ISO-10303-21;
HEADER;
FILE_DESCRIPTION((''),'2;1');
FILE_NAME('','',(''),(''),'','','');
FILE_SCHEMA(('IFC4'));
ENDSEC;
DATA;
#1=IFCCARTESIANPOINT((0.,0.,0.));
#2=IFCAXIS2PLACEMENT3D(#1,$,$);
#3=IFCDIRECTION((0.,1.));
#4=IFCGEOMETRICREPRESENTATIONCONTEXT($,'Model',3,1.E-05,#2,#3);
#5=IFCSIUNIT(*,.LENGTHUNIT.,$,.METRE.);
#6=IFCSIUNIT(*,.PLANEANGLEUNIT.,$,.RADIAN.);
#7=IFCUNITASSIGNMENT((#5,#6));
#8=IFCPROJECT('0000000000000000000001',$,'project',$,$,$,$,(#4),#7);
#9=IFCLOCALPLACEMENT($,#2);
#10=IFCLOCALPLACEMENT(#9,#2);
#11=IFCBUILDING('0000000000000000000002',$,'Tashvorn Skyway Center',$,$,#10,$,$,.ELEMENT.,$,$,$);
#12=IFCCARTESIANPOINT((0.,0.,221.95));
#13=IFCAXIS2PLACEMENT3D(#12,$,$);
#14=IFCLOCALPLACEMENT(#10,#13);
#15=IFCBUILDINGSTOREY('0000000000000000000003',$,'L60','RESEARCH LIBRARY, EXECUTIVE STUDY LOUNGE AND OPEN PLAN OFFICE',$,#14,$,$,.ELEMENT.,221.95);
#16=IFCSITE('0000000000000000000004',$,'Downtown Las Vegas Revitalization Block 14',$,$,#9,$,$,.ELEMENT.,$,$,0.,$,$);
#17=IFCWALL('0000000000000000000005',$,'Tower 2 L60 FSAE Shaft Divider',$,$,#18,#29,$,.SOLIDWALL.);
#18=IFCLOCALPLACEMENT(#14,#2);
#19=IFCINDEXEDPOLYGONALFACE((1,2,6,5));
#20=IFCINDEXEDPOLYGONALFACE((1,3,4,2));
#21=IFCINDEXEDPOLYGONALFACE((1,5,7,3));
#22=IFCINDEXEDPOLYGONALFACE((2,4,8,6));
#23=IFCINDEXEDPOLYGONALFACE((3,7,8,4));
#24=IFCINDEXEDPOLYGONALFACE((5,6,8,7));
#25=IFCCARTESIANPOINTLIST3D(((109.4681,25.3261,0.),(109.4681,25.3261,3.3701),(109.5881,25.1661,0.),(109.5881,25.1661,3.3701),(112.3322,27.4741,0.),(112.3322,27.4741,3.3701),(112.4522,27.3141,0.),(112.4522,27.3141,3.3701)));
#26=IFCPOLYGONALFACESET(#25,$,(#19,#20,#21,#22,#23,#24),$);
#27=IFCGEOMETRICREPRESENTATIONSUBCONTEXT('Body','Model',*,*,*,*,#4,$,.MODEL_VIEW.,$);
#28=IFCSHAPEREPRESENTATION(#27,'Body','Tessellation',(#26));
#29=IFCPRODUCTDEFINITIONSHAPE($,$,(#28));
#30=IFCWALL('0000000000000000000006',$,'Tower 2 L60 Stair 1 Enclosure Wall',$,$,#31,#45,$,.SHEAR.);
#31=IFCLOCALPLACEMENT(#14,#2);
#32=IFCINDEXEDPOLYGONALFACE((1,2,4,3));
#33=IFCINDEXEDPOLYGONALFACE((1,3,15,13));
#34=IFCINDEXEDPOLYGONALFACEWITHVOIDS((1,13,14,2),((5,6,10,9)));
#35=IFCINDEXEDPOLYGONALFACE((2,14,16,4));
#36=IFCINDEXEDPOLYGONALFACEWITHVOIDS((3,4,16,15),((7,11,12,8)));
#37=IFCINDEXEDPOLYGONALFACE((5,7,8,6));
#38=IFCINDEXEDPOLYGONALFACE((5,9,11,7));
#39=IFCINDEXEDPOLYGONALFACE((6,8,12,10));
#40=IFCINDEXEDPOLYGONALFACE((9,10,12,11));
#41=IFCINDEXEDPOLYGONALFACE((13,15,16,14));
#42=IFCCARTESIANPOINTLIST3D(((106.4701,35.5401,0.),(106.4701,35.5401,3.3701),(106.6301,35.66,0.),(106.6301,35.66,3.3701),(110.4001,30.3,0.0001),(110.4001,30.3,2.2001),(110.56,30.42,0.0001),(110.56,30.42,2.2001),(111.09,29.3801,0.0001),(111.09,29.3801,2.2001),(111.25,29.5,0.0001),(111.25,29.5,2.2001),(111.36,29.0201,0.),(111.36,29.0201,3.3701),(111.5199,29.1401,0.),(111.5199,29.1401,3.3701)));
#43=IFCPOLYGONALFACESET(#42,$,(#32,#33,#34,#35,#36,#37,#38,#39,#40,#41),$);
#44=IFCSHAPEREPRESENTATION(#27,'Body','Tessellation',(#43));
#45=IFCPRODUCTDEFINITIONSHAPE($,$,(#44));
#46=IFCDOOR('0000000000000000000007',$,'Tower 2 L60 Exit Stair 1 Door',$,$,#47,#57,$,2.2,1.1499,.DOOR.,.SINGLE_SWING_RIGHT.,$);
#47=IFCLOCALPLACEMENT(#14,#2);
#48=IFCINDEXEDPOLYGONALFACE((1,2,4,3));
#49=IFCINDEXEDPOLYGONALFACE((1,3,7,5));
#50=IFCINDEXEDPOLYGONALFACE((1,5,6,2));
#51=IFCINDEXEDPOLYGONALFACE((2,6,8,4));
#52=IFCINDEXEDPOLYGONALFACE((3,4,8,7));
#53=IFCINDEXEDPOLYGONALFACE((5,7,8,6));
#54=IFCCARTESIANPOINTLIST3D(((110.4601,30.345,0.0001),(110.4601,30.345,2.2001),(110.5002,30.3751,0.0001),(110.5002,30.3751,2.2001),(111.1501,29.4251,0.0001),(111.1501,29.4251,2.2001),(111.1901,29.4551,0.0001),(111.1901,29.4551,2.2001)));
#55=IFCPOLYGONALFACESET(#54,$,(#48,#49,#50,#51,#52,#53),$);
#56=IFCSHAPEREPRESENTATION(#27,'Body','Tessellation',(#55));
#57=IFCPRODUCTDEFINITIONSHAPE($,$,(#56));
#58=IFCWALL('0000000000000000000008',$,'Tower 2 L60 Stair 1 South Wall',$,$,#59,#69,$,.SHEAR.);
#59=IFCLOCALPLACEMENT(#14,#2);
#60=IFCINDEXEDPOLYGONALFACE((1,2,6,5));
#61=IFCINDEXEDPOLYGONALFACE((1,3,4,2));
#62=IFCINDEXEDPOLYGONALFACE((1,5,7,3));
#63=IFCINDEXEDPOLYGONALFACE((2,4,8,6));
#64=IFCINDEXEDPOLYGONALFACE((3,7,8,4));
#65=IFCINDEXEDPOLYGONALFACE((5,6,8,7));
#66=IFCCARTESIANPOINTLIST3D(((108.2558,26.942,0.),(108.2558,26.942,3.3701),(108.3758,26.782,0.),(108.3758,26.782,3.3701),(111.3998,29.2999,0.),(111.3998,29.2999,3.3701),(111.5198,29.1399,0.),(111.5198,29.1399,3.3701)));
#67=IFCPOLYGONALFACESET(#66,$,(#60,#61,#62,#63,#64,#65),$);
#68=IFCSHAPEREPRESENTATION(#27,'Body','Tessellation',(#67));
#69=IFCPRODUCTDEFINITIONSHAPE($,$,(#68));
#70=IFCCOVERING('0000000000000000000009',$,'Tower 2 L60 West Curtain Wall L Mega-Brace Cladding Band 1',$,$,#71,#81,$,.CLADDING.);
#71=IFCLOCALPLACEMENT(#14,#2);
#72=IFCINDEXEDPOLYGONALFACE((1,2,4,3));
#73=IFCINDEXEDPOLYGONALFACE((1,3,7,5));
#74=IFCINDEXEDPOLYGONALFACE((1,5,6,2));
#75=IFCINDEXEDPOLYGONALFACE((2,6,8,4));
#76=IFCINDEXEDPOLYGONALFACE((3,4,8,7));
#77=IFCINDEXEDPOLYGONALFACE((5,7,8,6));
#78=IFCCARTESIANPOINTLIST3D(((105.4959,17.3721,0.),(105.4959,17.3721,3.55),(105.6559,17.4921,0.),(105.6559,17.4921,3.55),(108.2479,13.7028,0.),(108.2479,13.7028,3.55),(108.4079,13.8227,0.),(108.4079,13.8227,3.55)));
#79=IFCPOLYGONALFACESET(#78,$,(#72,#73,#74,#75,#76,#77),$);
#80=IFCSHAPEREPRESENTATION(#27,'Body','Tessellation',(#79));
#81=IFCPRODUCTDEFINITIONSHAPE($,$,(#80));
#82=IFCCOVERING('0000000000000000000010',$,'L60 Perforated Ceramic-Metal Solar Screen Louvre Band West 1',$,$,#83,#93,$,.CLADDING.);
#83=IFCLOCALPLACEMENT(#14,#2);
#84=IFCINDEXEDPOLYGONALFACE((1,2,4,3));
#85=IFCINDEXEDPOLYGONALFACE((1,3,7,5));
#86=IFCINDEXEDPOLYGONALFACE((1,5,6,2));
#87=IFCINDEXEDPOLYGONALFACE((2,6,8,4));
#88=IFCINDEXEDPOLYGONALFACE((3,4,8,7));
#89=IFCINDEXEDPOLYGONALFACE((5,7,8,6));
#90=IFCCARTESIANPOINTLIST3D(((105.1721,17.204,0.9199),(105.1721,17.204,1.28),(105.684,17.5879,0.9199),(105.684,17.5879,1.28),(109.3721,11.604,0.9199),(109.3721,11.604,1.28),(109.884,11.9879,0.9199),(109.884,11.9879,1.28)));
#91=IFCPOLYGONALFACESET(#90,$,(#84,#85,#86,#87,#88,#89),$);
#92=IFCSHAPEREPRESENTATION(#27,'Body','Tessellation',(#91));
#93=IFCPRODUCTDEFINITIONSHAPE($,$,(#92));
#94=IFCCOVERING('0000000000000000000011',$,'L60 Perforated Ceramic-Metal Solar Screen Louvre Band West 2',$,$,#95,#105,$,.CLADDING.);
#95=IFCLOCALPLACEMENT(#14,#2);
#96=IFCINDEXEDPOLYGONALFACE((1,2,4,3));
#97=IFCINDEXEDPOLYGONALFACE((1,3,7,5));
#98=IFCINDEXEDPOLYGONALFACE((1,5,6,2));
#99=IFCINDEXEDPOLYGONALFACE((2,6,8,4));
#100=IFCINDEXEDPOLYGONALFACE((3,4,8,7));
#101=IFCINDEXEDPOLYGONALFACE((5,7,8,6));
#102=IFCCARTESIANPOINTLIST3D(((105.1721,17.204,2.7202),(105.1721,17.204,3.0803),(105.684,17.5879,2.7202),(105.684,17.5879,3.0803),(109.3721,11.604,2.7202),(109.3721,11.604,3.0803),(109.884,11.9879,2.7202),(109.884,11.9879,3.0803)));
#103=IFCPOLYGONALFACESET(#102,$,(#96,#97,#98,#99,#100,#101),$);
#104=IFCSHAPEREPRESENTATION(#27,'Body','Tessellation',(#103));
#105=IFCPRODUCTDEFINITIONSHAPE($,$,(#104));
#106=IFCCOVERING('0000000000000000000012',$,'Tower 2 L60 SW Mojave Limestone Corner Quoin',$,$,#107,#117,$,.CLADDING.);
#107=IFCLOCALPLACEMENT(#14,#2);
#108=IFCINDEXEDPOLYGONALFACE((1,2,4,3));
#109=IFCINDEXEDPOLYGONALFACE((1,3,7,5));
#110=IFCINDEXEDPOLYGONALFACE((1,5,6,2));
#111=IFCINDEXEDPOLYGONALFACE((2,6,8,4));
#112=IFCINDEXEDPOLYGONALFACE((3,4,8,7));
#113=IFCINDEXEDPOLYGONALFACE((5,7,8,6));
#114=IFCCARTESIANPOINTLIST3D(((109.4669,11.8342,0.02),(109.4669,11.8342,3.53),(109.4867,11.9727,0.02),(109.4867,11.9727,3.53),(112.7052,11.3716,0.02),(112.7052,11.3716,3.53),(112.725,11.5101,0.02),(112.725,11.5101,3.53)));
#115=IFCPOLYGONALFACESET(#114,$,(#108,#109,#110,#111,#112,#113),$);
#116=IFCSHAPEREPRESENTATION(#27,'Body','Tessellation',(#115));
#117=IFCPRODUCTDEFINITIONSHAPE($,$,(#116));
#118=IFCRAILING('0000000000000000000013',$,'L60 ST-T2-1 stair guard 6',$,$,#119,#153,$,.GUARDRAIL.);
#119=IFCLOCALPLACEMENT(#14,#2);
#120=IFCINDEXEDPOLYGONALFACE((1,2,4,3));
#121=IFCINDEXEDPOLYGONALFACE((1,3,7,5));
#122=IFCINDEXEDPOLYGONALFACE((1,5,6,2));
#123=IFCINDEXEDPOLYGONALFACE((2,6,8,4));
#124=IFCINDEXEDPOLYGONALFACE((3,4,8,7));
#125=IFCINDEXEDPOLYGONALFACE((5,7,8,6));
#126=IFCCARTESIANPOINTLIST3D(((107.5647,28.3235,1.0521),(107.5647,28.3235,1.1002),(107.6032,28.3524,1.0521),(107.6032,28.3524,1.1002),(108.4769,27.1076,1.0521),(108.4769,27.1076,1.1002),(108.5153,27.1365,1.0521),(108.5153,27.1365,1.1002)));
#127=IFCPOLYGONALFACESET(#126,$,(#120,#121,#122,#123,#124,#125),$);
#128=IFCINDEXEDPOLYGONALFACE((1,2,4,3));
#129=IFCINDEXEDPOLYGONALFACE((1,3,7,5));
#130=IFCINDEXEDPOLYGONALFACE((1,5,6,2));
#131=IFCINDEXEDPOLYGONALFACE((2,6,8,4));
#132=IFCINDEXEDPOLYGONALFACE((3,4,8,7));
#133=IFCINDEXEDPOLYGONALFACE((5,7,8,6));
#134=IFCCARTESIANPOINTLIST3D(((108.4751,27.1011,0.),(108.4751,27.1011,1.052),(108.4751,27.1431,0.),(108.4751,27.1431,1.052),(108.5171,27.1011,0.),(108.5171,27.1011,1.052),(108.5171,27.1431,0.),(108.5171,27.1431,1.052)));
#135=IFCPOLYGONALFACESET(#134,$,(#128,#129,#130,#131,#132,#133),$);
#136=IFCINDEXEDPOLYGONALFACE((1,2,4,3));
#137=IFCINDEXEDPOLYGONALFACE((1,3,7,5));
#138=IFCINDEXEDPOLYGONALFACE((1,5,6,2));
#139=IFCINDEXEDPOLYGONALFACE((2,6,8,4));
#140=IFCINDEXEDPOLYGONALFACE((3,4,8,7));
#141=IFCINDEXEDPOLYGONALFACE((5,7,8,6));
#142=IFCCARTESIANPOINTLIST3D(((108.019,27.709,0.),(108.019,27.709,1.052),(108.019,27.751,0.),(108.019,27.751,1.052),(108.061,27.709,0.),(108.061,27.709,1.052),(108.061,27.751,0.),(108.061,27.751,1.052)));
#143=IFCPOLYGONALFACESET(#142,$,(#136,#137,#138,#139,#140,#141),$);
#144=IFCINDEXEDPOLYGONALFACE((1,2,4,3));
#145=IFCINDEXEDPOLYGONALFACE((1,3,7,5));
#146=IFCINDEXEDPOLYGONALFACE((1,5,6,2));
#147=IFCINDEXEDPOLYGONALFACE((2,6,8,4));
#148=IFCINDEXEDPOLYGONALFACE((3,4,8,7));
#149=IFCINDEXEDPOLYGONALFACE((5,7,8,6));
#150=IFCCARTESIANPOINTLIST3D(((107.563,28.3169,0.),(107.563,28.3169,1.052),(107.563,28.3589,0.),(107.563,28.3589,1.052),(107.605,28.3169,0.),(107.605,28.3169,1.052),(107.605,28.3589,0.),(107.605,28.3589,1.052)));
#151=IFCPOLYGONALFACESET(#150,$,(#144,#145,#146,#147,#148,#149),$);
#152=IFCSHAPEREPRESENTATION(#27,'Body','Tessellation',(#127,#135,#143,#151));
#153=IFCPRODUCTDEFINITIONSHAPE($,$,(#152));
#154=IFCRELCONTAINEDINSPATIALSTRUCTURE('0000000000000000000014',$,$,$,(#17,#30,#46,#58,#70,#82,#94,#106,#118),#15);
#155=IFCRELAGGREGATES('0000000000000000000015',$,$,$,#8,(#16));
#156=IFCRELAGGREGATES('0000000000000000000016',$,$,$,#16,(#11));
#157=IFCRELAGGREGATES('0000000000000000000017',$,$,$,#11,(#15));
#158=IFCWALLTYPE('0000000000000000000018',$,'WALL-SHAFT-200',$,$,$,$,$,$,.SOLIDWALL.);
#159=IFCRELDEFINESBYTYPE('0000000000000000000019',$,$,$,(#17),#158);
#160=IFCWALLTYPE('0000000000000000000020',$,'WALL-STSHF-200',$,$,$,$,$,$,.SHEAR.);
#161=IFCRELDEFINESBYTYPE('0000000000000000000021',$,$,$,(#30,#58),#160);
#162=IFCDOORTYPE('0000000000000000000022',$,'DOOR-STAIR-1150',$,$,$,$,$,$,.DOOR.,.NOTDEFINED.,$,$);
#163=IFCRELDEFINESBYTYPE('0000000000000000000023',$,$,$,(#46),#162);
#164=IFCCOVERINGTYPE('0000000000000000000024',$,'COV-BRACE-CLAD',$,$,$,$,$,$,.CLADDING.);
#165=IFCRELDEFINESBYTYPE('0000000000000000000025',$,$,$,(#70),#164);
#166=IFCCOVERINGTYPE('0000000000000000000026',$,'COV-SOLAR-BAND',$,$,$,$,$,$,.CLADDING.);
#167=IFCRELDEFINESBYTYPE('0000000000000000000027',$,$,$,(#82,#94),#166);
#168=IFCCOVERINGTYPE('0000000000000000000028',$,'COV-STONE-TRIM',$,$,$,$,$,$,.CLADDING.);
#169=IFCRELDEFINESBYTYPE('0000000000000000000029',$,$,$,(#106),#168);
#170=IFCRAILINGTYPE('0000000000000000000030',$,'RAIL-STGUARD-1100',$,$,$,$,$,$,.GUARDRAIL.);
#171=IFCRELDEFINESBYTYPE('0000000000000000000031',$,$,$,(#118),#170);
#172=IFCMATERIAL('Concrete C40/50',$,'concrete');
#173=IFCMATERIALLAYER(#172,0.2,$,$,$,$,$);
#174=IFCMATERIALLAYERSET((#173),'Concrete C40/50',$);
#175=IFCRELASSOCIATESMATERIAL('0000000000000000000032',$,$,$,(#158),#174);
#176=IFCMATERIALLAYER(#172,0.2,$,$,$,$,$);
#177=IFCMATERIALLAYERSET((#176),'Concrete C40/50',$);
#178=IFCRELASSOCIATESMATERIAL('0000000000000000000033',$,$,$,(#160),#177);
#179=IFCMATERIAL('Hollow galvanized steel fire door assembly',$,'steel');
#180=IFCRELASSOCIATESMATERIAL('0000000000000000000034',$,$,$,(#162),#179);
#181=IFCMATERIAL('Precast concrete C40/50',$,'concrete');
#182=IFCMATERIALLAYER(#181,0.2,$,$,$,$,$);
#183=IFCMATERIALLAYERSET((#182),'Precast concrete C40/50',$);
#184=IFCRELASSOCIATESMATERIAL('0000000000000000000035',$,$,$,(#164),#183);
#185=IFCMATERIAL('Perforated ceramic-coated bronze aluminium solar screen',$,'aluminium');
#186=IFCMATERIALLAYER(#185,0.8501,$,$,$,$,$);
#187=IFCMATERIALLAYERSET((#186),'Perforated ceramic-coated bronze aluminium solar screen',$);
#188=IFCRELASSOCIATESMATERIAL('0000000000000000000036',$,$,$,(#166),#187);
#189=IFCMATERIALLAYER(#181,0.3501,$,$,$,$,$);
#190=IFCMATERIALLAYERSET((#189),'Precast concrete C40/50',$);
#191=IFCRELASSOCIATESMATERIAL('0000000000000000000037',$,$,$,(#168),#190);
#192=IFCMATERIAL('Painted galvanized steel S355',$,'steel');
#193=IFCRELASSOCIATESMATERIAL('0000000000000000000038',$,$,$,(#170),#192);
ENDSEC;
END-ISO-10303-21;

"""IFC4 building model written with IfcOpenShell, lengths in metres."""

from ifc_helpers import new_model, si_unit, direction, frame, frame_2d, origin, origin_2d, place, context, subcontext, project, spatial, rectangle, extrude, material, layer, layer_set, type_object, element, fill, save


model = new_model("IFC4")

# Units and contexts
model_context = context("Model", 3, precision=1e-05, world=origin(), true_north=direction((0.0, 1.0)))
body_context = subcontext(model_context, "Body", "Model", "MODEL_VIEW")
ifc_project = project(units=[si_unit("LENGTHUNIT", "METRE"), si_unit("PLANEANGLEUNIT", "RADIAN")], contexts=[model_context])

# Site, building, storey
site_placement = place(None, origin())
site = spatial("IfcSite", under=ifc_project, at=site_placement, Name="Downtown Las Vegas Revitalization Block 14", CompositionType="ELEMENT", RefElevation=0.0)
building_placement = place(site_placement, origin())
building = spatial("IfcBuilding", under=site, at=building_placement, Name="Tashvorn Skyway Center", CompositionType="ELEMENT")
storey_placement = place(building_placement, frame((0.0, 0.0, 221.95)))
storey = spatial("IfcBuildingStorey", under=building, at=storey_placement, Name="L60", Description="RESEARCH LIBRARY, EXECUTIVE STUDY LOUNGE AND OPEN PLAN OFFICE", CompositionType="ELEMENT", Elevation=221.95)

# Shared definitions
ifc_material_1 = material(Name="Precast concrete C40/50", Category="concrete")

# Wall
ifc_material_2 = material(Name="Concrete C40/50", Category="concrete")
ifc_layer_1 = layer(ifc_material_2, 0.2)
ifc_layer_set_1 = layer_set([ifc_layer_1], Name="Concrete C40/50")
wall_type_1 = type_object("IfcWallType", Name="WALL-SHAFT-200", PredefinedType="SOLIDWALL", material=ifc_layer_set_1)
for number, where, z_axis, x_axis, name in (
    (1, (109.5281, 25.2461, 0.0), (0.0, 0.0, 1.0), (0.800008, 0.599989, 0.0), "Tower 2 L60 FSAE Shaft Divider"),
):
    element("IfcWall", number, at=place(storey_placement, frame(where, z_axis=z_axis, x_axis=x_axis)), inside=storey, type_object=wall_type_1, Name=name, PredefinedType="SOLIDWALL", context=body_context, shape_type="SweptSolid", body=[
        extrude(rectangle(XDim=3.5801, YDim=0.2, at=frame_2d((1.79, 0.0))), origin(), (0.0, 0.0, 1.0), 3.3701),
    ])

# Wall, opening, door
ifc_layer_2 = layer(ifc_material_2, 0.2)
ifc_layer_set_2 = layer_set([ifc_layer_2], Name="Concrete C40/50")
wall_type_2 = type_object("IfcWallType", Name="WALL-STSHF-200", PredefinedType="SHEAR", material=ifc_layer_set_2)
wall_1_placement = place(storey_placement, frame((111.4399, 29.0801, 0.0), z_axis=(0.0, 0.0, 1.0), x_axis=(-0.59999, 0.800007, 0.0)))
wall_1 = element("IfcWall", 2, at=wall_1_placement, inside=storey, type_object=wall_type_2, Name="Tower 2 L60 Stair 1 Enclosure Wall", PredefinedType="SHEAR", context=body_context, shape_type="SweptSolid", body=[
    extrude(rectangle(XDim=8.1499, YDim=0.2, at=frame_2d((4.075, 0.0))), origin(), (0.0, 0.0, 1.0), 3.3701),
])
opening_1_placement = place(wall_1_placement, frame((0.45, 0.0, 0.0)))
opening_1 = element("IfcOpeningElement", 3, at=opening_1_placement, cuts=wall_1, PredefinedType="OPENING", context=body_context, shape_type="SweptSolid", body=[
    extrude(rectangle(XDim=1.1499, YDim=2.2, at=frame_2d((0.575, 1.1001))), frame((0.0, 0.1099, 0.0), z_axis=(0.0, -1.0, 0.0), x_axis=(1.0, 0.0, 0.0)), (0.0, 0.0, 1.0), 0.22),
])
ifc_material_3 = material(Name="Hollow galvanized steel fire door assembly", Category="steel")
door_type_1 = type_object("IfcDoorType", Name="DOOR-STAIR-1150", OperationType="NOTDEFINED", PredefinedType="DOOR", material=ifc_material_3)
door_1_placement = place(opening_1_placement, origin())
door_1 = element("IfcDoor", 4, at=door_1_placement, inside=storey, type_object=door_type_1, Name="Tower 2 L60 Exit Stair 1 Door", OperationType="SINGLE_SWING_RIGHT", OverallHeight=2.2, OverallWidth=1.1499, PredefinedType="DOOR", context=body_context, shape_type="SweptSolid", body=[
    extrude(rectangle(XDim=1.1499, YDim=2.2, at=frame_2d((0.575, 1.1001))), frame((0.0, 0.0249, 0.0), z_axis=(0.0, -1.0, 0.0), x_axis=(1.0, 0.0, 0.0)), (0.0, 0.0, 1.0), 0.05),
])
fill(opening_1, door_1)

# Wall
wall_2_placement = place(storey_placement, frame((108.3159, 26.8621, 0.0), z_axis=(0.0, 0.0, 1.0), x_axis=(0.800015, 0.59998, 0.0)))
element("IfcWall", 5, at=wall_2_placement, inside=storey, type_object=wall_type_2, Name="Tower 2 L60 Stair 1 South Wall", PredefinedType="SHEAR", context=body_context, shape_type="SweptSolid", body=[
    extrude(rectangle(XDim=3.9299, YDim=0.2, at=frame_2d((1.9648, 0.0))), origin(), (0.0, 0.0, 1.0), 3.3701),
])

# Coverings
ifc_layer_3 = layer(ifc_material_1, 0.2)
ifc_layer_set_3 = layer_set([ifc_layer_3], Name="Precast concrete C40/50")
covering_type_1 = type_object("IfcCoveringType", Name="COV-BRACE-CLAD", PredefinedType="CLADDING", material=ifc_layer_set_3)
covering_1_placement = place(storey_placement, frame((106.9519, 15.5974, 0.0), z_axis=(0.0, 0.0, 1.0), x_axis=(-0.6, 0.8, 0.0)))
element("IfcCovering", 6, at=covering_1_placement, inside=storey, type_object=covering_type_1, Name="Tower 2 L60 West Curtain Wall L Mega-Brace Cladding Band 1", PredefinedType="CLADDING", context=body_context, shape_type="SweptSolid", body=[
    extrude(rectangle(XDim=4.5867, YDim=0.2, at=origin_2d()), origin(), (0.0, 0.0, 1.0), 3.55),
])
ifc_material_4 = material(Name="Perforated ceramic-coated bronze aluminium solar screen", Category="aluminium")
ifc_layer_4 = layer(ifc_material_4, 0.8501)
ifc_layer_set_4 = layer_set([ifc_layer_4], Name="Perforated ceramic-coated bronze aluminium solar screen")
covering_type_2 = type_object("IfcCoveringType", Name="COV-SOLAR-BAND", PredefinedType="CLADDING", material=ifc_layer_set_4)
for number, where, z_axis, x_axis, name in (
    (7, (107.5281, 14.5959, 0.9199), (0.0, 0.0, 1.0), (-0.6, 0.8, 0.0), "L60 Perforated Ceramic-Metal Solar Screen Louvre Band West 1"),
    (8, (107.5281, 14.5959, 2.7202), (0.0, 0.0, 1.0), (-0.6, 0.8, 0.0), "L60 Perforated Ceramic-Metal Solar Screen Louvre Band West 2"),
):
    element("IfcCovering", number, at=place(storey_placement, frame(where, z_axis=z_axis, x_axis=x_axis)), inside=storey, type_object=covering_type_2, Name=name, PredefinedType="CLADDING", context=body_context, shape_type="SweptSolid", body=[
        extrude(rectangle(XDim=7.0, YDim=0.6399, at=origin_2d()), origin(), (0.0, 0.0, 1.0), 0.3601),
    ])
ifc_layer_5 = layer(ifc_material_1, 0.3501)
ifc_layer_set_5 = layer_set([ifc_layer_5], Name="Precast concrete C40/50")
covering_type_3 = type_object("IfcCoveringType", Name="COV-STONE-TRIM", PredefinedType="CLADDING", material=ifc_layer_set_5)
covering_2_placement = place(storey_placement, frame((111.0959, 11.6721, 0.02), z_axis=(0.0, 0.0, 1.0), x_axis=(-0.989949, 0.141421, 0.0)))
element("IfcCovering", 9, at=covering_2_placement, inside=storey, type_object=covering_type_3, Name="Tower 2 L60 SW Mojave Limestone Corner Quoin", PredefinedType="CLADDING", context=body_context, shape_type="SweptSolid", body=[
    extrude(rectangle(XDim=3.2712, YDim=0.1399, at=origin_2d()), origin(), (0.0, 0.0, 1.0), 3.51),
])

# Railing
ifc_material_5 = material(Name="Painted galvanized steel S355", Category="steel")
railing_type = type_object("IfcRailingType", Name="RAIL-STGUARD-1100", PredefinedType="GUARDRAIL", material=ifc_material_5)
railing_1_placement = place(storey_placement, frame((108.4961, 27.1221, 0.0)))
element("IfcRailing", 10, at=railing_1_placement, inside=storey, type_object=railing_type, Name="L60 ST-T2-1 stair guard 6", PredefinedType="GUARDRAIL", context=body_context, shape_type="SweptSolid", body=[
    extrude(rectangle(XDim=0.0481, YDim=0.0481, at=origin_2d()), frame((0.0, 0.0, 1.0762), z_axis=(-0.600103, 0.799923, 0.0), x_axis=(-0.799923, -0.600103, 0.0)), (0.0, 0.0, 1.0), 1.52),
    extrude(rectangle(XDim=0.042, YDim=0.042, at=origin_2d()), origin(), (0.0, 0.0, 1.0), 1.052),
    extrude(rectangle(XDim=0.042, YDim=0.042, at=origin_2d()), frame((-0.4561, 0.6079, 0.0)), (0.0, 0.0, 1.0), 1.052),
    extrude(rectangle(XDim=0.042, YDim=0.042, at=origin_2d()), frame((-0.9121, 1.2158, 0.0)), (0.0, 0.0, 1.0), 1.052),
])

save(model, "model.ifc")
